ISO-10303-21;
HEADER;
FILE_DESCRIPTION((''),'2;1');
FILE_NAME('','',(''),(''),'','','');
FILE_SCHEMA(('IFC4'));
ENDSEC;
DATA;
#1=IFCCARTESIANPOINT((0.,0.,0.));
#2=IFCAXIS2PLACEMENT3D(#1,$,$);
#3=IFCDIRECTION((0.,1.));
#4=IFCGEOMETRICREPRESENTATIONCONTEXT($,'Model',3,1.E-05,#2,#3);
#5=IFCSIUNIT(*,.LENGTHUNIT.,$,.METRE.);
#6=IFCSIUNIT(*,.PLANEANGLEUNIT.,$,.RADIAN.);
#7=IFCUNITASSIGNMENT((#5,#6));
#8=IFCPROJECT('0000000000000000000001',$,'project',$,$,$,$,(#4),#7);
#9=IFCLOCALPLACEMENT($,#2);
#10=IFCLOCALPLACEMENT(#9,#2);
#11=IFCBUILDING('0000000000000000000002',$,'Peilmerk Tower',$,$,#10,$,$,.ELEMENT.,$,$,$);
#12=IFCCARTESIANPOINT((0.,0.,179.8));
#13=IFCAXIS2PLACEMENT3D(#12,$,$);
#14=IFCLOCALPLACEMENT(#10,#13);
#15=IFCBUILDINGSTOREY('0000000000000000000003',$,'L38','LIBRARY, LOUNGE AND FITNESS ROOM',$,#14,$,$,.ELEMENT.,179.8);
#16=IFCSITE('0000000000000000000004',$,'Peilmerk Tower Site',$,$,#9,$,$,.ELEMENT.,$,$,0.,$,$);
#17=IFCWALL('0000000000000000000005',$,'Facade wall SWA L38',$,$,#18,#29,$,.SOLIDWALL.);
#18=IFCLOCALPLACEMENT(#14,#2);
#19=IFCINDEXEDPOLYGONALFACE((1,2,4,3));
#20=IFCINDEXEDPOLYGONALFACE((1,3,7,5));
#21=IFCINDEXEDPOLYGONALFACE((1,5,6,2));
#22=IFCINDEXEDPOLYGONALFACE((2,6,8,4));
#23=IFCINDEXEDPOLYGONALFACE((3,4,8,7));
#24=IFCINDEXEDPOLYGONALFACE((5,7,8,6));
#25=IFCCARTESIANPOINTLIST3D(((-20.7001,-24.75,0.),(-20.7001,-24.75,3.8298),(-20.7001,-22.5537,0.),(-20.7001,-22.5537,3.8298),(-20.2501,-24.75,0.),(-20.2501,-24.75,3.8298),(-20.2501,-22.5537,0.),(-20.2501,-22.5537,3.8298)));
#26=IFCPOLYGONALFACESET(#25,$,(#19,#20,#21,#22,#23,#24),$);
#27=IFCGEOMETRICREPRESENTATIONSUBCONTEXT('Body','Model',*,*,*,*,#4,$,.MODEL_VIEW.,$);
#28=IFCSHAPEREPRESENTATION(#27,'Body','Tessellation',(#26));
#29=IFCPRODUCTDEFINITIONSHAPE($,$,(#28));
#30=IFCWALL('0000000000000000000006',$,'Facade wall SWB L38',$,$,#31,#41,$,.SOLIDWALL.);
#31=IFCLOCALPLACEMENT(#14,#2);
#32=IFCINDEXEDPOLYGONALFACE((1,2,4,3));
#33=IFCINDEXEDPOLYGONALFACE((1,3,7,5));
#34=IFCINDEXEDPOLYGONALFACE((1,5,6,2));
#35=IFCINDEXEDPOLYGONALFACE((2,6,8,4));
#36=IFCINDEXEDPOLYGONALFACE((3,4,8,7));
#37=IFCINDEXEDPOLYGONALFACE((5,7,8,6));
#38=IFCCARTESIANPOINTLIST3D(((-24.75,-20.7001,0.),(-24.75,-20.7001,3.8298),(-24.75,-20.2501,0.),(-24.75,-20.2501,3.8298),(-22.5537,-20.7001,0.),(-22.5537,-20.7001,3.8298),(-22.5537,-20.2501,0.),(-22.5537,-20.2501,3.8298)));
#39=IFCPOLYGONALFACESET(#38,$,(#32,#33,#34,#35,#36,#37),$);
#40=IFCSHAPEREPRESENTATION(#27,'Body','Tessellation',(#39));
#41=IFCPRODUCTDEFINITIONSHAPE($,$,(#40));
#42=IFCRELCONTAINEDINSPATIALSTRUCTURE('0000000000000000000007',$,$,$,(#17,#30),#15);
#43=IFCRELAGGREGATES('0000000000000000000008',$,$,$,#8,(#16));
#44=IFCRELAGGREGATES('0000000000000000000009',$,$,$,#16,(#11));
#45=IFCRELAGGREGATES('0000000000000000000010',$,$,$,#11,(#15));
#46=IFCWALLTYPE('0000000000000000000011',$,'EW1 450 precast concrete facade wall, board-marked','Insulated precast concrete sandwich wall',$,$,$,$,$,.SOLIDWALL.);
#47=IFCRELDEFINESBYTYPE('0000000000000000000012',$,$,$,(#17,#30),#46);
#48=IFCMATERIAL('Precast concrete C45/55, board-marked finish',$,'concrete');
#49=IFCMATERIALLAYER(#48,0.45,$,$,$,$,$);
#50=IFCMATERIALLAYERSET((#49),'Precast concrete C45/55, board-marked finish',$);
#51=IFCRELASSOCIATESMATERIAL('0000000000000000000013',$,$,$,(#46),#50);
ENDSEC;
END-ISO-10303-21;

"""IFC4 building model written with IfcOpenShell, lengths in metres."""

from ifc_helpers import new_model, si_unit, direction, frame, frame_2d, origin, place, context, subcontext, project, spatial, rectangle, extrude, material, layer, layer_set, type_object, element, save


model = new_model("IFC4")

# Units and contexts
model_context = context("Model", 3, precision=1e-05, world=origin(), true_north=direction((0.0, 1.0)))
body_context = subcontext(model_context, "Body", "Model", "MODEL_VIEW")
ifc_project = project(units=[si_unit("LENGTHUNIT", "METRE"), si_unit("PLANEANGLEUNIT", "RADIAN")], contexts=[model_context])

# Site, building, storey
site_placement = place(None, origin())
site = spatial("IfcSite", under=ifc_project, at=site_placement, Name="Peilmerk Tower Site", CompositionType="ELEMENT", RefElevation=0.0)
building_placement = place(site_placement, origin())
building = spatial("IfcBuilding", under=site, at=building_placement, Name="Peilmerk Tower", CompositionType="ELEMENT")
storey_placement = place(building_placement, frame((0.0, 0.0, 179.8)))
storey = spatial("IfcBuildingStorey", under=building, at=storey_placement, Name="L38", Description="LIBRARY, LOUNGE AND FITNESS ROOM", CompositionType="ELEMENT", Elevation=179.8)

# Shared definitions
ifc_material_1 = material(Name="Precast concrete C45/55, board-marked finish", Category="concrete")
ifc_layer_1 = layer(ifc_material_1, 0.45)
ifc_layer_set_1 = layer_set([ifc_layer_1], Name="Precast concrete C45/55, board-marked finish")
wall_type = type_object("IfcWallType", Name="EW1 450 precast concrete facade wall, board-marked", Description="Insulated precast concrete sandwich wall", PredefinedType="SOLIDWALL", material=ifc_layer_set_1)

# Walls
for number, where, z_axis, x_axis, name in (
    (1, (-20.4751, -22.5537, 0.0), (0.0, 0.0, 1.0), (0.0, -1.0, 0.0), "Facade wall SWA L38"),
    (2, (-22.5537, -20.4751, 0.0), (0.0, 0.0, 1.0), (-1.0, 0.0, 0.0), "Facade wall SWB L38"),
):
    element("IfcWall", number, at=place(storey_placement, frame(where, z_axis=z_axis, x_axis=x_axis)), inside=storey, type_object=wall_type, Name=name, PredefinedType="SOLIDWALL", context=body_context, shape_type="SweptSolid", body=[
        extrude(rectangle(XDim=2.1963, YDim=0.45, at=frame_2d((1.0981, 0.0))), origin(), (0.0, 0.0, 1.0), 3.8298),
    ])

save(model, "model.ifc")
